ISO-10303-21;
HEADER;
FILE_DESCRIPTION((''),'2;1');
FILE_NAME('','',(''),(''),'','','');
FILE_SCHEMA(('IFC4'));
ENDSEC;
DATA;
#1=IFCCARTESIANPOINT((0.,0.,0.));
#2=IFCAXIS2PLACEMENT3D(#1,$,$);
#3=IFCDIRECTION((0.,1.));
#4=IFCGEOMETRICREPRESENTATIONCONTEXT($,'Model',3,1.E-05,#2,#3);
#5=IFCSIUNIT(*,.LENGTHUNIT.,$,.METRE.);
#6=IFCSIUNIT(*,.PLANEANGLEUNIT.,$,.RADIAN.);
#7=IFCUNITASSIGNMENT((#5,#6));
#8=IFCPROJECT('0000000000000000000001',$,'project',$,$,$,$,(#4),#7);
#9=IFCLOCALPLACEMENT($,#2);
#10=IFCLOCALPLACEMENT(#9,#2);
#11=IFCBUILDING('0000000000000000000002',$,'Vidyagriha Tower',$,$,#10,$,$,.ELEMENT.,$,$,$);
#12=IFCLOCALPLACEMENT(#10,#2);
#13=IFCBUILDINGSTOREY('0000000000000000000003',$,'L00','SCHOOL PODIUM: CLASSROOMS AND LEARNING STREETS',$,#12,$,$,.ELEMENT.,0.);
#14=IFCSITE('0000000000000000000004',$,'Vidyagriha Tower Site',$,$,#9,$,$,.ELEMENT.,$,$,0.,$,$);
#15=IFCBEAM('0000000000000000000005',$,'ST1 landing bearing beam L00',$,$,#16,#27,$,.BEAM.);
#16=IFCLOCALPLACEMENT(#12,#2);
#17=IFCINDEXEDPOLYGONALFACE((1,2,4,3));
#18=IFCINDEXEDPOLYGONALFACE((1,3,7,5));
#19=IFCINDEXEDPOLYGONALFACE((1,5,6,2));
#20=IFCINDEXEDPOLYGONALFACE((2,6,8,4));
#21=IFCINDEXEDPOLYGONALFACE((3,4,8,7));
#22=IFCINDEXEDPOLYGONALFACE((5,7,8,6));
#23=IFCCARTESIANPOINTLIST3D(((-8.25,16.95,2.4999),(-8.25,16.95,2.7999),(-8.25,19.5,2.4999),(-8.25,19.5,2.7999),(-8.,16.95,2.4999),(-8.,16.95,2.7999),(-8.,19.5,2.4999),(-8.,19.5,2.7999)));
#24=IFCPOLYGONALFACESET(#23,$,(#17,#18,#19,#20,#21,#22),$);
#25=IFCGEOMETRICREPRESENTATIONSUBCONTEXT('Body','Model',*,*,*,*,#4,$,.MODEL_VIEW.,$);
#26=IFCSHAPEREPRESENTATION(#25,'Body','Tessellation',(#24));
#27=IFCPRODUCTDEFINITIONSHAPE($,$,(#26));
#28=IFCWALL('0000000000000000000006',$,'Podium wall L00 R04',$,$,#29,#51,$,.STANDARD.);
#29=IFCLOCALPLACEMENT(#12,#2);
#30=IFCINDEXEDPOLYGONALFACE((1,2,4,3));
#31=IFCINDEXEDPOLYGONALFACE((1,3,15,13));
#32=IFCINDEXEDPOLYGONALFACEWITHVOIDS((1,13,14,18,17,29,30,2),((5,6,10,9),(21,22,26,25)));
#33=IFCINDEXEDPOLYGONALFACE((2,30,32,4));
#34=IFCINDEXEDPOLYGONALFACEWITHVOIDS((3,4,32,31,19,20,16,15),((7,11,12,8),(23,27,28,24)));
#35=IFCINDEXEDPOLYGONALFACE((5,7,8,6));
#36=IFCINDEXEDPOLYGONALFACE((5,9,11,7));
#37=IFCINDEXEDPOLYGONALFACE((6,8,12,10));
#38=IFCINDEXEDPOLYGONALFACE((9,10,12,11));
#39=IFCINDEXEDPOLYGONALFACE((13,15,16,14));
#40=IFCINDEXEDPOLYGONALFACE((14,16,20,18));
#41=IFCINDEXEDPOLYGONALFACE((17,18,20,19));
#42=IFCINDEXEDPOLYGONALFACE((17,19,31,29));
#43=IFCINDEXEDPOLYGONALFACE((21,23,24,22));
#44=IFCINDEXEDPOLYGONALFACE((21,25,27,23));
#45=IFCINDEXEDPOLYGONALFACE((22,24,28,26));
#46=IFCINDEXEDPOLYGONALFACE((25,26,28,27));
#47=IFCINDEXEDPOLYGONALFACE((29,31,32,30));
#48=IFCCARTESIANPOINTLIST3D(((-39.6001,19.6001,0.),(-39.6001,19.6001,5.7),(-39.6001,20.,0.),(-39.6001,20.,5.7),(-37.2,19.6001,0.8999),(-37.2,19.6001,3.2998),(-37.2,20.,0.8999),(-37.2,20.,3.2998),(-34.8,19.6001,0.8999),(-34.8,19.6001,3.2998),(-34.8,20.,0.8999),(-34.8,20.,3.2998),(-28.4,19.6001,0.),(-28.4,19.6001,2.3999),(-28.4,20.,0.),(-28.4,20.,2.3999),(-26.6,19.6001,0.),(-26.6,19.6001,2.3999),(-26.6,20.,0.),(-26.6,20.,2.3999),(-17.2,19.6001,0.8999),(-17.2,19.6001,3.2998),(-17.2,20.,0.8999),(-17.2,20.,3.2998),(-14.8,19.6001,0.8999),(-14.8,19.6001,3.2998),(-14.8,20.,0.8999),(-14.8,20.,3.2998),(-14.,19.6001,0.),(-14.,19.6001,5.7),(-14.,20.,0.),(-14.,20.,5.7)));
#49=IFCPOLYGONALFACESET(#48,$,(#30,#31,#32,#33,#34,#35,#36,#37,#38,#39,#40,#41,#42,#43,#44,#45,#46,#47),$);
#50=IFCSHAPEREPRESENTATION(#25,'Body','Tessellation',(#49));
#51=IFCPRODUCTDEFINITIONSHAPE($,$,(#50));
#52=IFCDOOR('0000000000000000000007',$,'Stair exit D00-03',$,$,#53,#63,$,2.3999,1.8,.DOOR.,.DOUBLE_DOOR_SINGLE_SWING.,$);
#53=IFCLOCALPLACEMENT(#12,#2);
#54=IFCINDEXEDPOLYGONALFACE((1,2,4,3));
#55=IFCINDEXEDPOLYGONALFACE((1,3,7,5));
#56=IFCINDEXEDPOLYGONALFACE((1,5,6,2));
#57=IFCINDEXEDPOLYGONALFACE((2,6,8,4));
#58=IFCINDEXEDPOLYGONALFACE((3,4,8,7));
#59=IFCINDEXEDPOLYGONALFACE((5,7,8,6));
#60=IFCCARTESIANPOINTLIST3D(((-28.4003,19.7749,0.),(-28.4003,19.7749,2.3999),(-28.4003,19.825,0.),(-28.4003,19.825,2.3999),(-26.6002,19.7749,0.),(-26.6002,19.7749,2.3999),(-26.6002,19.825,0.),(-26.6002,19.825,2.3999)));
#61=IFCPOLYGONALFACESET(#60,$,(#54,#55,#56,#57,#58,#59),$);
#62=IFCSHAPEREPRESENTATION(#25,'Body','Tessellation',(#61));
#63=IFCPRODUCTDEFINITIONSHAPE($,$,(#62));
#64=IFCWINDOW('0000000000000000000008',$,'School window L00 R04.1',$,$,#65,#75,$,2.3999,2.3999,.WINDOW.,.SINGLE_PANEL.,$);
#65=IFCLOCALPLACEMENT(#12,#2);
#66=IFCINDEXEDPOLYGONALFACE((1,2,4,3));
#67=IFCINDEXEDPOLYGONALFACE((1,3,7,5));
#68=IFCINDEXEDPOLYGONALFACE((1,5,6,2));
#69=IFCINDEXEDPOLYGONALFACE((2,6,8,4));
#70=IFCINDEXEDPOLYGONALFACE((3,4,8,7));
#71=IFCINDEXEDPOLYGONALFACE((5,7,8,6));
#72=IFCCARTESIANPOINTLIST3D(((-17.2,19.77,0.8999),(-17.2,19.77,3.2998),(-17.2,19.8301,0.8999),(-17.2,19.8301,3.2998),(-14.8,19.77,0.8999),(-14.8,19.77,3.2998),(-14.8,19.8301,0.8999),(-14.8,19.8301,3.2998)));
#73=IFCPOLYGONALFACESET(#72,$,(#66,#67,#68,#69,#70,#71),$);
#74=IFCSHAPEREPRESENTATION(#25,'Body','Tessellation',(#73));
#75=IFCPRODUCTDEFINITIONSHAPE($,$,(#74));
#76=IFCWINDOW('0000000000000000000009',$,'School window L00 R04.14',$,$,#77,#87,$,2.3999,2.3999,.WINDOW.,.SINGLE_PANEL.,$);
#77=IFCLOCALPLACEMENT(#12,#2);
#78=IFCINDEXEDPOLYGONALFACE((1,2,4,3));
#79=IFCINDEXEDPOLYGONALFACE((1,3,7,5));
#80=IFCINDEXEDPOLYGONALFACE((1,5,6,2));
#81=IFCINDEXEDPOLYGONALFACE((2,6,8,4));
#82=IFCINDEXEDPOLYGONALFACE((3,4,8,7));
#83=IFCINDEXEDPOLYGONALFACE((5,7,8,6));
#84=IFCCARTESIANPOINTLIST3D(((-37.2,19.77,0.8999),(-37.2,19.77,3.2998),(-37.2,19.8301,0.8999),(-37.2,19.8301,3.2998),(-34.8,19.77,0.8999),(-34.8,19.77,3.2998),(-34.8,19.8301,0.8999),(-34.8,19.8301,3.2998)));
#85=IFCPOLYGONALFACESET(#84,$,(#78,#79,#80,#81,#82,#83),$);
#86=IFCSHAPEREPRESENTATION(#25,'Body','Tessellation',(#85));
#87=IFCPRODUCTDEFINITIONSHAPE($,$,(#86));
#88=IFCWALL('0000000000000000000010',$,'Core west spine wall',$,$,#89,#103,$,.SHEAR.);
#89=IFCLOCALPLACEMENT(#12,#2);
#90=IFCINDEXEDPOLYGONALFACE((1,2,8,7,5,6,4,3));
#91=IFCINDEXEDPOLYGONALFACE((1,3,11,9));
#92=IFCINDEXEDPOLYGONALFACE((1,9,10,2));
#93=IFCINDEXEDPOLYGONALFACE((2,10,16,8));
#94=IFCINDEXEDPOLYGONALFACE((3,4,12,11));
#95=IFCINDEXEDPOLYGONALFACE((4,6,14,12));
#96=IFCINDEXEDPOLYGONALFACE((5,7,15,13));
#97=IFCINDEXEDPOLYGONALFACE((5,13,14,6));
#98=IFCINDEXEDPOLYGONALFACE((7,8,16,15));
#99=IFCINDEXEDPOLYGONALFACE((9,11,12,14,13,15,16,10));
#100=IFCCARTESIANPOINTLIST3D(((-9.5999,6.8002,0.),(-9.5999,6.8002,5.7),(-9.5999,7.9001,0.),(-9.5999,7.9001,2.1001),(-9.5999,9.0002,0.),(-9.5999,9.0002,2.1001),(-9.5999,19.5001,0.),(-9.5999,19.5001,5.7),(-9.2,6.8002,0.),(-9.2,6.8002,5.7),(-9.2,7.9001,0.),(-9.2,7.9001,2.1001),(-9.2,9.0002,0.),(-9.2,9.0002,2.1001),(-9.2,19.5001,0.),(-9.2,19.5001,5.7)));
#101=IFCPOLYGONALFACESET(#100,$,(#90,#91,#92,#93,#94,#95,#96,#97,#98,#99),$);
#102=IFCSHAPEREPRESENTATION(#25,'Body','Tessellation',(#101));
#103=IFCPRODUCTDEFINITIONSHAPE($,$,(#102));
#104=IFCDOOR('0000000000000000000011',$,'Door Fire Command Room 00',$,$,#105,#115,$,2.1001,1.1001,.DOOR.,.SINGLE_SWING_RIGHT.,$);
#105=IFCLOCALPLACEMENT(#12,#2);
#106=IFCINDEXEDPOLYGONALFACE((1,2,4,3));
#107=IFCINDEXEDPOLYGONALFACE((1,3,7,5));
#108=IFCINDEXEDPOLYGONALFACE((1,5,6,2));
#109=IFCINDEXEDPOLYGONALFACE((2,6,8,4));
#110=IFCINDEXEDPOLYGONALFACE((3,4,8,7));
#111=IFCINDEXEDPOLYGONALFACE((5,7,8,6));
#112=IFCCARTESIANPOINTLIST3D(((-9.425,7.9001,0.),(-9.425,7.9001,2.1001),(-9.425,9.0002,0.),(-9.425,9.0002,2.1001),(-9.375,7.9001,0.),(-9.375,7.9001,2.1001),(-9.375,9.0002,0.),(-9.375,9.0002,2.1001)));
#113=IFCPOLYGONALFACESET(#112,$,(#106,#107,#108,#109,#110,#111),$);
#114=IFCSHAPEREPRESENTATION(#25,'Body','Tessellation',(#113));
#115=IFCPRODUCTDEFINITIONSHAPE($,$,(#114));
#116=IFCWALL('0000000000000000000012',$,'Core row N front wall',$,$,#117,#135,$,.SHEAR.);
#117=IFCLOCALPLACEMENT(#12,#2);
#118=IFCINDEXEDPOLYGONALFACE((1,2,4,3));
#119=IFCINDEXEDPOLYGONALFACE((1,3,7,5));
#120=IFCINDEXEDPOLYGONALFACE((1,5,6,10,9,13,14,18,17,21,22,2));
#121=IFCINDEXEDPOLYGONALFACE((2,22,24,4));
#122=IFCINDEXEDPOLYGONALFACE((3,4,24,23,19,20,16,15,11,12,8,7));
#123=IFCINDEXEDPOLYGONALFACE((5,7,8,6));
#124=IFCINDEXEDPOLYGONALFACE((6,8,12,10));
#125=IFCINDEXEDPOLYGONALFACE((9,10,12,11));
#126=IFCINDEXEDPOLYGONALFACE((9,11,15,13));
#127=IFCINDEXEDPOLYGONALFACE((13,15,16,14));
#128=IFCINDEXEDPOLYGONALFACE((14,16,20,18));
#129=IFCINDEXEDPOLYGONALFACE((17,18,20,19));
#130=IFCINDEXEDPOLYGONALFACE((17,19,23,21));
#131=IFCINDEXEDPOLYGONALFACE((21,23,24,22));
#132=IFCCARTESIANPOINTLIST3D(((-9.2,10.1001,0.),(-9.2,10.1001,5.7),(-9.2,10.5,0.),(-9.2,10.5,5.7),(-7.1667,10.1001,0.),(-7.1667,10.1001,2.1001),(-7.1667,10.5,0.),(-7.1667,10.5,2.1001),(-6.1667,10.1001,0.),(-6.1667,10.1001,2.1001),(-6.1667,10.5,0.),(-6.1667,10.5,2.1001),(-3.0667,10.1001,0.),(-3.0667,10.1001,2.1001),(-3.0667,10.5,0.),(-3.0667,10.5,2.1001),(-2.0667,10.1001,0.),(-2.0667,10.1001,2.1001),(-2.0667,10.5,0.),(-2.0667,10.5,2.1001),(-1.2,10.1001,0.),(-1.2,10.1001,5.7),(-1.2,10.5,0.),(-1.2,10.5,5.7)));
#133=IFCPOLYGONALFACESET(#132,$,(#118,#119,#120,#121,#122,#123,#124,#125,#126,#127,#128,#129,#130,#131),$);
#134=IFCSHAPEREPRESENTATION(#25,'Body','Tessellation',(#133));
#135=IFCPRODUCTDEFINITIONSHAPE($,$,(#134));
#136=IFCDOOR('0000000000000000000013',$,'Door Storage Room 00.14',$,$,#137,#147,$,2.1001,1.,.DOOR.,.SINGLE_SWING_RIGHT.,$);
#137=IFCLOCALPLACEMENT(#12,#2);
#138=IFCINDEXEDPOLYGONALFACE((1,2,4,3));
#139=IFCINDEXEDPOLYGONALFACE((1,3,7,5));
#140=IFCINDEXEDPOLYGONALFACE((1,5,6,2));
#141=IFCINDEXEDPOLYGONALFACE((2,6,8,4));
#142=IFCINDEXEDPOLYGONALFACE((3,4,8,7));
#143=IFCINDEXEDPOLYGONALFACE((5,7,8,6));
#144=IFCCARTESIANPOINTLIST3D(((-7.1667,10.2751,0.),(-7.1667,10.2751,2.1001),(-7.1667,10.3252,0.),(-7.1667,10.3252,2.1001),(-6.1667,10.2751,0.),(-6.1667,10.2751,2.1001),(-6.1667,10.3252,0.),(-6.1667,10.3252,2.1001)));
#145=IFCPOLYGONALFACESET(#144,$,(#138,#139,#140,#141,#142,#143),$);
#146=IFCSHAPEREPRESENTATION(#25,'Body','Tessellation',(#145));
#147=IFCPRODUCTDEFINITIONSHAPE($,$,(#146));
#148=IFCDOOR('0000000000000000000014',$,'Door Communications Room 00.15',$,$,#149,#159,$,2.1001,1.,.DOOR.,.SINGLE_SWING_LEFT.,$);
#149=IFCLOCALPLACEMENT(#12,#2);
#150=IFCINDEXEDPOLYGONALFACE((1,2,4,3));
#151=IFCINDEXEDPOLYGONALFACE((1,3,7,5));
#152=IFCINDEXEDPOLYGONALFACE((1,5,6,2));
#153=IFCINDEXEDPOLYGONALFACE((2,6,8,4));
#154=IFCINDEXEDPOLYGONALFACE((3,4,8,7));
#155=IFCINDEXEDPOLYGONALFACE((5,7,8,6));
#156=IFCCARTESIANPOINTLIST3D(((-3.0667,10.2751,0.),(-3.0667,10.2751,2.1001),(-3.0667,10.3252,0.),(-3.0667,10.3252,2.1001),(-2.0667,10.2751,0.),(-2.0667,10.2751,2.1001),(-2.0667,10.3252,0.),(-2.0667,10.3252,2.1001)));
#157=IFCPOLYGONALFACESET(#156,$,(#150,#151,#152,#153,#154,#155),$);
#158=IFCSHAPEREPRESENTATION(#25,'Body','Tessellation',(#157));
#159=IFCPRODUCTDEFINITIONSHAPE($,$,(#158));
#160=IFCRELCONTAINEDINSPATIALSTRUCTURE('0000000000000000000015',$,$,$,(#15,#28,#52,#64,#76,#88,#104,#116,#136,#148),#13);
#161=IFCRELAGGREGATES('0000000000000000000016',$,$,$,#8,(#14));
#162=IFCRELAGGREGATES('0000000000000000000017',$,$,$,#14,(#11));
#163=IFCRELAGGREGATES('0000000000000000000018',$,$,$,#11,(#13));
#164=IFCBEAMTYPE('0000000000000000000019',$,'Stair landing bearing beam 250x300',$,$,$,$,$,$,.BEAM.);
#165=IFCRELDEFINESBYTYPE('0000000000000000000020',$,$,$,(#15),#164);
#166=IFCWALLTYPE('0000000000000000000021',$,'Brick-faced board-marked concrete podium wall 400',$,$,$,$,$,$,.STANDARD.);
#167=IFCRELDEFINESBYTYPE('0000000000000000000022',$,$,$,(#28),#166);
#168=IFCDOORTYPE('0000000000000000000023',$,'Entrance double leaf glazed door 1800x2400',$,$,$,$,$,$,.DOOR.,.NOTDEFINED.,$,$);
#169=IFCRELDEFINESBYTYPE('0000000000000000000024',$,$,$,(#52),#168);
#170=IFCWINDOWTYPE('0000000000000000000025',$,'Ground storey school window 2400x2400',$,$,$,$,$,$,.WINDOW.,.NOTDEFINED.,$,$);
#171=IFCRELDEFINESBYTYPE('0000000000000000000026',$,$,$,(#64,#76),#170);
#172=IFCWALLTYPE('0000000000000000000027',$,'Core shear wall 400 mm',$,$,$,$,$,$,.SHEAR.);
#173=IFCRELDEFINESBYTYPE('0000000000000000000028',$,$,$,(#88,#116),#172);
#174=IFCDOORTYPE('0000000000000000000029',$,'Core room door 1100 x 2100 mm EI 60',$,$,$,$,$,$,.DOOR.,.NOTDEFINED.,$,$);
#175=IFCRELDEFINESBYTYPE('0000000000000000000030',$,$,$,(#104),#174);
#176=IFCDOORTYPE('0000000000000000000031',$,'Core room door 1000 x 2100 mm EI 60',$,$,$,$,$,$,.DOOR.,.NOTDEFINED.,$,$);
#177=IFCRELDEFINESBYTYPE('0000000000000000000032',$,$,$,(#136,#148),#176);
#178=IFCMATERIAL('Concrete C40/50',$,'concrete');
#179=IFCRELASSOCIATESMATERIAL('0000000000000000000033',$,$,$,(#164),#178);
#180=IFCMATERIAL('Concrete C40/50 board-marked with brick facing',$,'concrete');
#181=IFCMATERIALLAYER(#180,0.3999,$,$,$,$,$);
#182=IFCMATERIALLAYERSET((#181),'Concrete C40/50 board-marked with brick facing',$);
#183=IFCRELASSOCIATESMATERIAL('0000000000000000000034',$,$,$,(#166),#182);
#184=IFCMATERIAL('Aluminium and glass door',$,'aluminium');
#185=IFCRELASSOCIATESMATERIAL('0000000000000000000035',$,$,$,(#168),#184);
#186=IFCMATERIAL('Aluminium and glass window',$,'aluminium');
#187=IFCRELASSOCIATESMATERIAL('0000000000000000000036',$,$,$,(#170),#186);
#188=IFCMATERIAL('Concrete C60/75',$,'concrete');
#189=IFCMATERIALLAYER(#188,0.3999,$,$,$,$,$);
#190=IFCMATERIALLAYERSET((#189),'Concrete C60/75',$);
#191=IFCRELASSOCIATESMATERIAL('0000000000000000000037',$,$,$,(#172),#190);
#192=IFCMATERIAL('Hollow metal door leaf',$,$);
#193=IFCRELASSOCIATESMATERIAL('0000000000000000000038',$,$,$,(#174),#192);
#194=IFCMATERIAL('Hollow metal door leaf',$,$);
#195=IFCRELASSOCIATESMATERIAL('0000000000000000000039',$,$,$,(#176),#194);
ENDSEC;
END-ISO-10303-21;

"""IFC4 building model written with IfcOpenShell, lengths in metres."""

from ifc_helpers import new_model, si_unit, direction, frame, frame_2d, origin, origin_2d, place, context, subcontext, project, spatial, rectangle, extrude, material, layer, layer_set, material_profile, profile_set, type_object, element, fill, save


model = new_model("IFC4")

# Units and contexts
model_context = context("Model", 3, precision=1e-05, world=origin(), true_north=direction((0.0, 1.0)))
body_context = subcontext(model_context, "Body", "Model", "MODEL_VIEW")
ifc_project = project(units=[si_unit("LENGTHUNIT", "METRE"), si_unit("PLANEANGLEUNIT", "RADIAN")], contexts=[model_context])

# Site, building, storey
site_placement = place(None, origin())
site = spatial("IfcSite", under=ifc_project, at=site_placement, Name="Vidyagriha Tower Site", CompositionType="ELEMENT", RefElevation=0.0)
building_placement = place(site_placement, origin())
building = spatial("IfcBuilding", under=site, at=building_placement, Name="Vidyagriha Tower", CompositionType="ELEMENT")
storey_placement = place(building_placement, origin())
storey = spatial("IfcBuildingStorey", under=building, at=storey_placement, Name="L00", Description="SCHOOL PODIUM: CLASSROOMS AND LEARNING STREETS", CompositionType="ELEMENT", Elevation=0.0)

# Beam
ifc_material_1 = material(Name="Concrete C40/50", Category="concrete")
ifc_material_profile = material_profile(ifc_material_1, rectangle(XDim=0.25, YDim=0.3, at=origin_2d()), Name="Stair landing bearing beam 250x300")
ifc_profile_set = profile_set([ifc_material_profile], Name="Concrete C40/50")
beam_type = type_object("IfcBeamType", Name="Stair landing bearing beam 250x300", PredefinedType="BEAM", material=ifc_profile_set)
beam_placement = place(storey_placement, frame((-8.125, 16.95, 2.6499), z_axis=(0.0, 1.0, 0.0), x_axis=(-1.0, 0.0, 0.0)))
element("IfcBeam", 1, at=beam_placement, inside=storey, type_object=beam_type, Name="ST1 landing bearing beam L00", PredefinedType="BEAM", context=body_context, shape_type="SweptSolid", body=[
    extrude(rectangle(XDim=0.25, YDim=0.3, at=origin_2d()), origin(), (0.0, 0.0, 1.0), 2.55),
])

# Wall, openings, door, windows
ifc_material_2 = material(Name="Concrete C40/50 board-marked with brick facing", Category="concrete")
ifc_layer_1 = layer(ifc_material_2, 0.3999)
ifc_layer_set_1 = layer_set([ifc_layer_1], Name="Concrete C40/50 board-marked with brick facing")
wall_type_1 = type_object("IfcWallType", Name="Brick-faced board-marked concrete podium wall 400", PredefinedType="STANDARD", material=ifc_layer_set_1)
wall_1_placement = place(storey_placement, frame((-14.0, 19.8, 0.0), z_axis=(0.0, 0.0, 1.0), x_axis=(-1.0, 0.0, 0.0)))
wall_1 = element("IfcWall", 2, at=wall_1_placement, inside=storey, type_object=wall_type_1, Name="Podium wall L00 R04", PredefinedType="STANDARD", context=body_context, shape_type="SweptSolid", body=[
    extrude(rectangle(XDim=25.6001, YDim=0.3999, at=frame_2d((12.8, 0.0))), origin(), (0.0, 0.0, 1.0), 5.7),
])
opening_1_placement = place(wall_1_placement, frame((12.6001, 0.0, 0.0)))
opening_1 = element("IfcOpeningElement", 3, at=opening_1_placement, cuts=wall_1, PredefinedType="OPENING", context=body_context, shape_type="SweptSolid", body=[
    extrude(rectangle(XDim=1.8, YDim=2.3999, at=frame_2d((0.8999, 1.2))), frame((0.0, 0.21, 0.0), z_axis=(0.0, -1.0, 0.0), x_axis=(1.0, 0.0, 0.0)), (0.0, 0.0, 1.0), 0.4199),
])
opening_2_placement = place(wall_1_placement, frame((0.8, 0.0, 0.8999)))
opening_2 = element("IfcOpeningElement", 4, at=opening_2_placement, cuts=wall_1, PredefinedType="OPENING", context=body_context, shape_type="SweptSolid", body=[
    extrude(rectangle(XDim=2.3999, YDim=2.3999, at=frame_2d((1.2, 1.2))), frame((0.0, 0.21, 0.0), z_axis=(0.0, -1.0, 0.0), x_axis=(1.0, 0.0, 0.0)), (0.0, 0.0, 1.0), 0.4199),
])
opening_3_placement = place(wall_1_placement, frame((20.8, 0.0, 0.8999)))
opening_3 = element("IfcOpeningElement", 5, at=opening_3_placement, cuts=wall_1, PredefinedType="OPENING", context=body_context, shape_type="SweptSolid", body=[
    extrude(rectangle(XDim=2.3999, YDim=2.3999, at=frame_2d((1.2, 1.2))), frame((0.0, 0.21, 0.0), z_axis=(0.0, -1.0, 0.0), x_axis=(1.0, 0.0, 0.0)), (0.0, 0.0, 1.0), 0.4199),
])
ifc_material_3 = material(Name="Aluminium and glass door", Category="aluminium")
door_type_1 = type_object("IfcDoorType", Name="Entrance double leaf glazed door 1800x2400", OperationType="NOTDEFINED", PredefinedType="DOOR", material=ifc_material_3)
door_1_placement = place(opening_1_placement, frame((1.8, 0.0, 0.0), z_axis=(0.0, 0.0, 1.0), x_axis=(-1.0, 0.0, 0.0)))
door_1 = element("IfcDoor", 6, at=door_1_placement, inside=storey, type_object=door_type_1, Name="Stair exit D00-03", OperationType="DOUBLE_DOOR_SINGLE_SWING", OverallHeight=2.3999, OverallWidth=1.8, PredefinedType="DOOR", context=body_context, shape_type="SweptSolid", body=[
    extrude(rectangle(XDim=1.8, YDim=2.3999, at=frame_2d((0.8999, 1.2))), frame((0.0, 0.0249, 0.0), z_axis=(0.0, -1.0, 0.0), x_axis=(1.0, 0.0, 0.0)), (0.0, 0.0, 1.0), 0.05),
])
fill(opening_1, door_1)
ifc_material_4 = material(Name="Aluminium and glass window", Category="aluminium")
window_type = type_object("IfcWindowType", Name="Ground storey school window 2400x2400", PartitioningType="NOTDEFINED", PredefinedType="WINDOW", material=ifc_material_4)
window_1_placement = place(opening_2_placement, origin())
window_1 = element("IfcWindow", 7, at=window_1_placement, inside=storey, type_object=window_type, Name="School window L00 R04.1", OverallHeight=2.3999, OverallWidth=2.3999, PartitioningType="SINGLE_PANEL", PredefinedType="WINDOW", context=body_context, shape_type="SweptSolid", body=[
    extrude(rectangle(XDim=2.3999, YDim=2.3999, at=frame_2d((1.2, 1.2))), frame((0.0, 0.03, 0.0), z_axis=(0.0, -1.0, 0.0), x_axis=(1.0, 0.0, 0.0)), (0.0, 0.0, 1.0), 0.0601),
])
fill(opening_2, window_1)
window_2_placement = place(opening_3_placement, origin())
window_2 = element("IfcWindow", 8, at=window_2_placement, inside=storey, type_object=window_type, Name="School window L00 R04.14", OverallHeight=2.3999, OverallWidth=2.3999, PartitioningType="SINGLE_PANEL", PredefinedType="WINDOW", context=body_context, shape_type="SweptSolid", body=[
    extrude(rectangle(XDim=2.3999, YDim=2.3999, at=frame_2d((1.2, 1.2))), frame((0.0, 0.03, 0.0), z_axis=(0.0, -1.0, 0.0), x_axis=(1.0, 0.0, 0.0)), (0.0, 0.0, 1.0), 0.0601),
])
fill(opening_3, window_2)

# Wall, opening, door
ifc_material_5 = material(Name="Concrete C60/75", Category="concrete")
ifc_layer_2 = layer(ifc_material_5, 0.3999)
ifc_layer_set_2 = layer_set([ifc_layer_2], Name="Concrete C60/75")
wall_type_2 = type_object("IfcWallType", Name="Core shear wall 400 mm", PredefinedType="SHEAR", material=ifc_layer_set_2)
wall_2_placement = place(storey_placement, frame((-9.3999, 6.8, 0.0), z_axis=(0.0, 0.0, 1.0), x_axis=(0.0, 1.0, 0.0)))
wall_2 = element("IfcWall", 9, at=wall_2_placement, inside=storey, type_object=wall_type_2, Name="Core west spine wall", PredefinedType="SHEAR", context=body_context, shape_type="SweptSolid", body=[
    extrude(rectangle(XDim=12.7, YDim=0.3999, at=frame_2d((6.3501, 0.0))), origin(), (0.0, 0.0, 1.0), 5.7),
])
opening_4_placement = place(wall_2_placement, frame((1.1001, 0.0, 0.0)))
opening_4 = element("IfcOpeningElement", 10, at=opening_4_placement, cuts=wall_2, PredefinedType="OPENING", context=body_context, shape_type="SweptSolid", body=[
    extrude(rectangle(XDim=1.1001, YDim=2.1001, at=frame_2d((0.55, 1.05))), frame((0.0, 0.21, 0.0), z_axis=(0.0, -1.0, 0.0), x_axis=(1.0, 0.0, 0.0)), (0.0, 0.0, 1.0), 0.4199),
])
ifc_material_6 = material(Name="Hollow metal door leaf")
door_type_2 = type_object("IfcDoorType", Name="Core room door 1100 x 2100 mm EI 60", OperationType="NOTDEFINED", PredefinedType="DOOR", material=ifc_material_6)
door_2_placement = place(opening_4_placement, frame((1.1001, 0.0, 0.0), z_axis=(0.0, 0.0, 1.0), x_axis=(-1.0, 0.0, 0.0)))
door_2 = element("IfcDoor", 11, at=door_2_placement, inside=storey, type_object=door_type_2, Name="Door Fire Command Room 00", OperationType="SINGLE_SWING_RIGHT", OverallHeight=2.1001, OverallWidth=1.1001, PredefinedType="DOOR", context=body_context, shape_type="SweptSolid", body=[
    extrude(rectangle(XDim=1.1001, YDim=2.1001, at=frame_2d((0.55, 1.05))), frame((0.0, 0.0249, 0.0), z_axis=(0.0, -1.0, 0.0), x_axis=(1.0, 0.0, 0.0)), (0.0, 0.0, 1.0), 0.05),
])
fill(opening_4, door_2)

# Wall, openings, doors
wall_3_placement = place(storey_placement, frame((-9.2, 10.3, 0.0)))
wall_3 = element("IfcWall", 12, at=wall_3_placement, inside=storey, type_object=wall_type_2, Name="Core row N front wall", PredefinedType="SHEAR", context=body_context, shape_type="SweptSolid", body=[
    extrude(rectangle(XDim=8.0, YDim=0.3999, at=frame_2d((4.0, 0.0))), origin(), (0.0, 0.0, 1.0), 5.7),
])
opening_5_placement = place(wall_3_placement, frame((2.0332, 0.0, 0.0)))
opening_5 = element("IfcOpeningElement", 13, at=opening_5_placement, cuts=wall_3, PredefinedType="OPENING", context=body_context, shape_type="SweptSolid", body=[
    extrude(rectangle(XDim=1.0, YDim=2.1001, at=frame_2d((0.5, 1.05))), frame((0.0, 0.21, 0.0), z_axis=(0.0, -1.0, 0.0), x_axis=(1.0, 0.0, 0.0)), (0.0, 0.0, 1.0), 0.4199),
])
opening_6_placement = place(wall_3_placement, frame((6.1333, 0.0, 0.0)))
opening_6 = element("IfcOpeningElement", 14, at=opening_6_placement, cuts=wall_3, PredefinedType="OPENING", context=body_context, shape_type="SweptSolid", body=[
    extrude(rectangle(XDim=1.0, YDim=2.1001, at=frame_2d((0.5, 1.05))), frame((0.0, 0.21, 0.0), z_axis=(0.0, -1.0, 0.0), x_axis=(1.0, 0.0, 0.0)), (0.0, 0.0, 1.0), 0.4199),
])
ifc_material_7 = material(Name="Hollow metal door leaf")
door_type_3 = type_object("IfcDoorType", Name="Core room door 1000 x 2100 mm EI 60", OperationType="NOTDEFINED", PredefinedType="DOOR", material=ifc_material_7)
door_3_placement = place(opening_5_placement, frame((1.0, 0.0, 0.0), z_axis=(0.0, 0.0, 1.0), x_axis=(-1.0, 0.0, 0.0)))
door_3 = element("IfcDoor", 15, at=door_3_placement, inside=storey, type_object=door_type_3, Name="Door Storage Room 00.14", OperationType="SINGLE_SWING_RIGHT", OverallHeight=2.1001, OverallWidth=1.0, PredefinedType="DOOR", context=body_context, shape_type="SweptSolid", body=[
    extrude(rectangle(XDim=1.0, YDim=2.1001, at=frame_2d((0.5, 1.05))), frame((0.0, 0.0249, 0.0), z_axis=(0.0, -1.0, 0.0), x_axis=(1.0, 0.0, 0.0)), (0.0, 0.0, 1.0), 0.05),
])
fill(opening_5, door_3)
door_4_placement = place(opening_6_placement, frame((1.0, 0.0, 0.0), z_axis=(0.0, 0.0, 1.0), x_axis=(-1.0, 0.0, 0.0)))
door_4 = element("IfcDoor", 16, at=door_4_placement, inside=storey, type_object=door_type_3, Name="Door Communications Room 00.15", OperationType="SINGLE_SWING_LEFT", OverallHeight=2.1001, OverallWidth=1.0, PredefinedType="DOOR", context=body_context, shape_type="SweptSolid", body=[
    extrude(rectangle(XDim=1.0, YDim=2.1001, at=frame_2d((0.5, 1.05))), frame((0.0, 0.0249, 0.0), z_axis=(0.0, -1.0, 0.0), x_axis=(1.0, 0.0, 0.0)), (0.0, 0.0, 1.0), 0.05),
])
fill(opening_6, door_4)

save(model, "model.ifc")
